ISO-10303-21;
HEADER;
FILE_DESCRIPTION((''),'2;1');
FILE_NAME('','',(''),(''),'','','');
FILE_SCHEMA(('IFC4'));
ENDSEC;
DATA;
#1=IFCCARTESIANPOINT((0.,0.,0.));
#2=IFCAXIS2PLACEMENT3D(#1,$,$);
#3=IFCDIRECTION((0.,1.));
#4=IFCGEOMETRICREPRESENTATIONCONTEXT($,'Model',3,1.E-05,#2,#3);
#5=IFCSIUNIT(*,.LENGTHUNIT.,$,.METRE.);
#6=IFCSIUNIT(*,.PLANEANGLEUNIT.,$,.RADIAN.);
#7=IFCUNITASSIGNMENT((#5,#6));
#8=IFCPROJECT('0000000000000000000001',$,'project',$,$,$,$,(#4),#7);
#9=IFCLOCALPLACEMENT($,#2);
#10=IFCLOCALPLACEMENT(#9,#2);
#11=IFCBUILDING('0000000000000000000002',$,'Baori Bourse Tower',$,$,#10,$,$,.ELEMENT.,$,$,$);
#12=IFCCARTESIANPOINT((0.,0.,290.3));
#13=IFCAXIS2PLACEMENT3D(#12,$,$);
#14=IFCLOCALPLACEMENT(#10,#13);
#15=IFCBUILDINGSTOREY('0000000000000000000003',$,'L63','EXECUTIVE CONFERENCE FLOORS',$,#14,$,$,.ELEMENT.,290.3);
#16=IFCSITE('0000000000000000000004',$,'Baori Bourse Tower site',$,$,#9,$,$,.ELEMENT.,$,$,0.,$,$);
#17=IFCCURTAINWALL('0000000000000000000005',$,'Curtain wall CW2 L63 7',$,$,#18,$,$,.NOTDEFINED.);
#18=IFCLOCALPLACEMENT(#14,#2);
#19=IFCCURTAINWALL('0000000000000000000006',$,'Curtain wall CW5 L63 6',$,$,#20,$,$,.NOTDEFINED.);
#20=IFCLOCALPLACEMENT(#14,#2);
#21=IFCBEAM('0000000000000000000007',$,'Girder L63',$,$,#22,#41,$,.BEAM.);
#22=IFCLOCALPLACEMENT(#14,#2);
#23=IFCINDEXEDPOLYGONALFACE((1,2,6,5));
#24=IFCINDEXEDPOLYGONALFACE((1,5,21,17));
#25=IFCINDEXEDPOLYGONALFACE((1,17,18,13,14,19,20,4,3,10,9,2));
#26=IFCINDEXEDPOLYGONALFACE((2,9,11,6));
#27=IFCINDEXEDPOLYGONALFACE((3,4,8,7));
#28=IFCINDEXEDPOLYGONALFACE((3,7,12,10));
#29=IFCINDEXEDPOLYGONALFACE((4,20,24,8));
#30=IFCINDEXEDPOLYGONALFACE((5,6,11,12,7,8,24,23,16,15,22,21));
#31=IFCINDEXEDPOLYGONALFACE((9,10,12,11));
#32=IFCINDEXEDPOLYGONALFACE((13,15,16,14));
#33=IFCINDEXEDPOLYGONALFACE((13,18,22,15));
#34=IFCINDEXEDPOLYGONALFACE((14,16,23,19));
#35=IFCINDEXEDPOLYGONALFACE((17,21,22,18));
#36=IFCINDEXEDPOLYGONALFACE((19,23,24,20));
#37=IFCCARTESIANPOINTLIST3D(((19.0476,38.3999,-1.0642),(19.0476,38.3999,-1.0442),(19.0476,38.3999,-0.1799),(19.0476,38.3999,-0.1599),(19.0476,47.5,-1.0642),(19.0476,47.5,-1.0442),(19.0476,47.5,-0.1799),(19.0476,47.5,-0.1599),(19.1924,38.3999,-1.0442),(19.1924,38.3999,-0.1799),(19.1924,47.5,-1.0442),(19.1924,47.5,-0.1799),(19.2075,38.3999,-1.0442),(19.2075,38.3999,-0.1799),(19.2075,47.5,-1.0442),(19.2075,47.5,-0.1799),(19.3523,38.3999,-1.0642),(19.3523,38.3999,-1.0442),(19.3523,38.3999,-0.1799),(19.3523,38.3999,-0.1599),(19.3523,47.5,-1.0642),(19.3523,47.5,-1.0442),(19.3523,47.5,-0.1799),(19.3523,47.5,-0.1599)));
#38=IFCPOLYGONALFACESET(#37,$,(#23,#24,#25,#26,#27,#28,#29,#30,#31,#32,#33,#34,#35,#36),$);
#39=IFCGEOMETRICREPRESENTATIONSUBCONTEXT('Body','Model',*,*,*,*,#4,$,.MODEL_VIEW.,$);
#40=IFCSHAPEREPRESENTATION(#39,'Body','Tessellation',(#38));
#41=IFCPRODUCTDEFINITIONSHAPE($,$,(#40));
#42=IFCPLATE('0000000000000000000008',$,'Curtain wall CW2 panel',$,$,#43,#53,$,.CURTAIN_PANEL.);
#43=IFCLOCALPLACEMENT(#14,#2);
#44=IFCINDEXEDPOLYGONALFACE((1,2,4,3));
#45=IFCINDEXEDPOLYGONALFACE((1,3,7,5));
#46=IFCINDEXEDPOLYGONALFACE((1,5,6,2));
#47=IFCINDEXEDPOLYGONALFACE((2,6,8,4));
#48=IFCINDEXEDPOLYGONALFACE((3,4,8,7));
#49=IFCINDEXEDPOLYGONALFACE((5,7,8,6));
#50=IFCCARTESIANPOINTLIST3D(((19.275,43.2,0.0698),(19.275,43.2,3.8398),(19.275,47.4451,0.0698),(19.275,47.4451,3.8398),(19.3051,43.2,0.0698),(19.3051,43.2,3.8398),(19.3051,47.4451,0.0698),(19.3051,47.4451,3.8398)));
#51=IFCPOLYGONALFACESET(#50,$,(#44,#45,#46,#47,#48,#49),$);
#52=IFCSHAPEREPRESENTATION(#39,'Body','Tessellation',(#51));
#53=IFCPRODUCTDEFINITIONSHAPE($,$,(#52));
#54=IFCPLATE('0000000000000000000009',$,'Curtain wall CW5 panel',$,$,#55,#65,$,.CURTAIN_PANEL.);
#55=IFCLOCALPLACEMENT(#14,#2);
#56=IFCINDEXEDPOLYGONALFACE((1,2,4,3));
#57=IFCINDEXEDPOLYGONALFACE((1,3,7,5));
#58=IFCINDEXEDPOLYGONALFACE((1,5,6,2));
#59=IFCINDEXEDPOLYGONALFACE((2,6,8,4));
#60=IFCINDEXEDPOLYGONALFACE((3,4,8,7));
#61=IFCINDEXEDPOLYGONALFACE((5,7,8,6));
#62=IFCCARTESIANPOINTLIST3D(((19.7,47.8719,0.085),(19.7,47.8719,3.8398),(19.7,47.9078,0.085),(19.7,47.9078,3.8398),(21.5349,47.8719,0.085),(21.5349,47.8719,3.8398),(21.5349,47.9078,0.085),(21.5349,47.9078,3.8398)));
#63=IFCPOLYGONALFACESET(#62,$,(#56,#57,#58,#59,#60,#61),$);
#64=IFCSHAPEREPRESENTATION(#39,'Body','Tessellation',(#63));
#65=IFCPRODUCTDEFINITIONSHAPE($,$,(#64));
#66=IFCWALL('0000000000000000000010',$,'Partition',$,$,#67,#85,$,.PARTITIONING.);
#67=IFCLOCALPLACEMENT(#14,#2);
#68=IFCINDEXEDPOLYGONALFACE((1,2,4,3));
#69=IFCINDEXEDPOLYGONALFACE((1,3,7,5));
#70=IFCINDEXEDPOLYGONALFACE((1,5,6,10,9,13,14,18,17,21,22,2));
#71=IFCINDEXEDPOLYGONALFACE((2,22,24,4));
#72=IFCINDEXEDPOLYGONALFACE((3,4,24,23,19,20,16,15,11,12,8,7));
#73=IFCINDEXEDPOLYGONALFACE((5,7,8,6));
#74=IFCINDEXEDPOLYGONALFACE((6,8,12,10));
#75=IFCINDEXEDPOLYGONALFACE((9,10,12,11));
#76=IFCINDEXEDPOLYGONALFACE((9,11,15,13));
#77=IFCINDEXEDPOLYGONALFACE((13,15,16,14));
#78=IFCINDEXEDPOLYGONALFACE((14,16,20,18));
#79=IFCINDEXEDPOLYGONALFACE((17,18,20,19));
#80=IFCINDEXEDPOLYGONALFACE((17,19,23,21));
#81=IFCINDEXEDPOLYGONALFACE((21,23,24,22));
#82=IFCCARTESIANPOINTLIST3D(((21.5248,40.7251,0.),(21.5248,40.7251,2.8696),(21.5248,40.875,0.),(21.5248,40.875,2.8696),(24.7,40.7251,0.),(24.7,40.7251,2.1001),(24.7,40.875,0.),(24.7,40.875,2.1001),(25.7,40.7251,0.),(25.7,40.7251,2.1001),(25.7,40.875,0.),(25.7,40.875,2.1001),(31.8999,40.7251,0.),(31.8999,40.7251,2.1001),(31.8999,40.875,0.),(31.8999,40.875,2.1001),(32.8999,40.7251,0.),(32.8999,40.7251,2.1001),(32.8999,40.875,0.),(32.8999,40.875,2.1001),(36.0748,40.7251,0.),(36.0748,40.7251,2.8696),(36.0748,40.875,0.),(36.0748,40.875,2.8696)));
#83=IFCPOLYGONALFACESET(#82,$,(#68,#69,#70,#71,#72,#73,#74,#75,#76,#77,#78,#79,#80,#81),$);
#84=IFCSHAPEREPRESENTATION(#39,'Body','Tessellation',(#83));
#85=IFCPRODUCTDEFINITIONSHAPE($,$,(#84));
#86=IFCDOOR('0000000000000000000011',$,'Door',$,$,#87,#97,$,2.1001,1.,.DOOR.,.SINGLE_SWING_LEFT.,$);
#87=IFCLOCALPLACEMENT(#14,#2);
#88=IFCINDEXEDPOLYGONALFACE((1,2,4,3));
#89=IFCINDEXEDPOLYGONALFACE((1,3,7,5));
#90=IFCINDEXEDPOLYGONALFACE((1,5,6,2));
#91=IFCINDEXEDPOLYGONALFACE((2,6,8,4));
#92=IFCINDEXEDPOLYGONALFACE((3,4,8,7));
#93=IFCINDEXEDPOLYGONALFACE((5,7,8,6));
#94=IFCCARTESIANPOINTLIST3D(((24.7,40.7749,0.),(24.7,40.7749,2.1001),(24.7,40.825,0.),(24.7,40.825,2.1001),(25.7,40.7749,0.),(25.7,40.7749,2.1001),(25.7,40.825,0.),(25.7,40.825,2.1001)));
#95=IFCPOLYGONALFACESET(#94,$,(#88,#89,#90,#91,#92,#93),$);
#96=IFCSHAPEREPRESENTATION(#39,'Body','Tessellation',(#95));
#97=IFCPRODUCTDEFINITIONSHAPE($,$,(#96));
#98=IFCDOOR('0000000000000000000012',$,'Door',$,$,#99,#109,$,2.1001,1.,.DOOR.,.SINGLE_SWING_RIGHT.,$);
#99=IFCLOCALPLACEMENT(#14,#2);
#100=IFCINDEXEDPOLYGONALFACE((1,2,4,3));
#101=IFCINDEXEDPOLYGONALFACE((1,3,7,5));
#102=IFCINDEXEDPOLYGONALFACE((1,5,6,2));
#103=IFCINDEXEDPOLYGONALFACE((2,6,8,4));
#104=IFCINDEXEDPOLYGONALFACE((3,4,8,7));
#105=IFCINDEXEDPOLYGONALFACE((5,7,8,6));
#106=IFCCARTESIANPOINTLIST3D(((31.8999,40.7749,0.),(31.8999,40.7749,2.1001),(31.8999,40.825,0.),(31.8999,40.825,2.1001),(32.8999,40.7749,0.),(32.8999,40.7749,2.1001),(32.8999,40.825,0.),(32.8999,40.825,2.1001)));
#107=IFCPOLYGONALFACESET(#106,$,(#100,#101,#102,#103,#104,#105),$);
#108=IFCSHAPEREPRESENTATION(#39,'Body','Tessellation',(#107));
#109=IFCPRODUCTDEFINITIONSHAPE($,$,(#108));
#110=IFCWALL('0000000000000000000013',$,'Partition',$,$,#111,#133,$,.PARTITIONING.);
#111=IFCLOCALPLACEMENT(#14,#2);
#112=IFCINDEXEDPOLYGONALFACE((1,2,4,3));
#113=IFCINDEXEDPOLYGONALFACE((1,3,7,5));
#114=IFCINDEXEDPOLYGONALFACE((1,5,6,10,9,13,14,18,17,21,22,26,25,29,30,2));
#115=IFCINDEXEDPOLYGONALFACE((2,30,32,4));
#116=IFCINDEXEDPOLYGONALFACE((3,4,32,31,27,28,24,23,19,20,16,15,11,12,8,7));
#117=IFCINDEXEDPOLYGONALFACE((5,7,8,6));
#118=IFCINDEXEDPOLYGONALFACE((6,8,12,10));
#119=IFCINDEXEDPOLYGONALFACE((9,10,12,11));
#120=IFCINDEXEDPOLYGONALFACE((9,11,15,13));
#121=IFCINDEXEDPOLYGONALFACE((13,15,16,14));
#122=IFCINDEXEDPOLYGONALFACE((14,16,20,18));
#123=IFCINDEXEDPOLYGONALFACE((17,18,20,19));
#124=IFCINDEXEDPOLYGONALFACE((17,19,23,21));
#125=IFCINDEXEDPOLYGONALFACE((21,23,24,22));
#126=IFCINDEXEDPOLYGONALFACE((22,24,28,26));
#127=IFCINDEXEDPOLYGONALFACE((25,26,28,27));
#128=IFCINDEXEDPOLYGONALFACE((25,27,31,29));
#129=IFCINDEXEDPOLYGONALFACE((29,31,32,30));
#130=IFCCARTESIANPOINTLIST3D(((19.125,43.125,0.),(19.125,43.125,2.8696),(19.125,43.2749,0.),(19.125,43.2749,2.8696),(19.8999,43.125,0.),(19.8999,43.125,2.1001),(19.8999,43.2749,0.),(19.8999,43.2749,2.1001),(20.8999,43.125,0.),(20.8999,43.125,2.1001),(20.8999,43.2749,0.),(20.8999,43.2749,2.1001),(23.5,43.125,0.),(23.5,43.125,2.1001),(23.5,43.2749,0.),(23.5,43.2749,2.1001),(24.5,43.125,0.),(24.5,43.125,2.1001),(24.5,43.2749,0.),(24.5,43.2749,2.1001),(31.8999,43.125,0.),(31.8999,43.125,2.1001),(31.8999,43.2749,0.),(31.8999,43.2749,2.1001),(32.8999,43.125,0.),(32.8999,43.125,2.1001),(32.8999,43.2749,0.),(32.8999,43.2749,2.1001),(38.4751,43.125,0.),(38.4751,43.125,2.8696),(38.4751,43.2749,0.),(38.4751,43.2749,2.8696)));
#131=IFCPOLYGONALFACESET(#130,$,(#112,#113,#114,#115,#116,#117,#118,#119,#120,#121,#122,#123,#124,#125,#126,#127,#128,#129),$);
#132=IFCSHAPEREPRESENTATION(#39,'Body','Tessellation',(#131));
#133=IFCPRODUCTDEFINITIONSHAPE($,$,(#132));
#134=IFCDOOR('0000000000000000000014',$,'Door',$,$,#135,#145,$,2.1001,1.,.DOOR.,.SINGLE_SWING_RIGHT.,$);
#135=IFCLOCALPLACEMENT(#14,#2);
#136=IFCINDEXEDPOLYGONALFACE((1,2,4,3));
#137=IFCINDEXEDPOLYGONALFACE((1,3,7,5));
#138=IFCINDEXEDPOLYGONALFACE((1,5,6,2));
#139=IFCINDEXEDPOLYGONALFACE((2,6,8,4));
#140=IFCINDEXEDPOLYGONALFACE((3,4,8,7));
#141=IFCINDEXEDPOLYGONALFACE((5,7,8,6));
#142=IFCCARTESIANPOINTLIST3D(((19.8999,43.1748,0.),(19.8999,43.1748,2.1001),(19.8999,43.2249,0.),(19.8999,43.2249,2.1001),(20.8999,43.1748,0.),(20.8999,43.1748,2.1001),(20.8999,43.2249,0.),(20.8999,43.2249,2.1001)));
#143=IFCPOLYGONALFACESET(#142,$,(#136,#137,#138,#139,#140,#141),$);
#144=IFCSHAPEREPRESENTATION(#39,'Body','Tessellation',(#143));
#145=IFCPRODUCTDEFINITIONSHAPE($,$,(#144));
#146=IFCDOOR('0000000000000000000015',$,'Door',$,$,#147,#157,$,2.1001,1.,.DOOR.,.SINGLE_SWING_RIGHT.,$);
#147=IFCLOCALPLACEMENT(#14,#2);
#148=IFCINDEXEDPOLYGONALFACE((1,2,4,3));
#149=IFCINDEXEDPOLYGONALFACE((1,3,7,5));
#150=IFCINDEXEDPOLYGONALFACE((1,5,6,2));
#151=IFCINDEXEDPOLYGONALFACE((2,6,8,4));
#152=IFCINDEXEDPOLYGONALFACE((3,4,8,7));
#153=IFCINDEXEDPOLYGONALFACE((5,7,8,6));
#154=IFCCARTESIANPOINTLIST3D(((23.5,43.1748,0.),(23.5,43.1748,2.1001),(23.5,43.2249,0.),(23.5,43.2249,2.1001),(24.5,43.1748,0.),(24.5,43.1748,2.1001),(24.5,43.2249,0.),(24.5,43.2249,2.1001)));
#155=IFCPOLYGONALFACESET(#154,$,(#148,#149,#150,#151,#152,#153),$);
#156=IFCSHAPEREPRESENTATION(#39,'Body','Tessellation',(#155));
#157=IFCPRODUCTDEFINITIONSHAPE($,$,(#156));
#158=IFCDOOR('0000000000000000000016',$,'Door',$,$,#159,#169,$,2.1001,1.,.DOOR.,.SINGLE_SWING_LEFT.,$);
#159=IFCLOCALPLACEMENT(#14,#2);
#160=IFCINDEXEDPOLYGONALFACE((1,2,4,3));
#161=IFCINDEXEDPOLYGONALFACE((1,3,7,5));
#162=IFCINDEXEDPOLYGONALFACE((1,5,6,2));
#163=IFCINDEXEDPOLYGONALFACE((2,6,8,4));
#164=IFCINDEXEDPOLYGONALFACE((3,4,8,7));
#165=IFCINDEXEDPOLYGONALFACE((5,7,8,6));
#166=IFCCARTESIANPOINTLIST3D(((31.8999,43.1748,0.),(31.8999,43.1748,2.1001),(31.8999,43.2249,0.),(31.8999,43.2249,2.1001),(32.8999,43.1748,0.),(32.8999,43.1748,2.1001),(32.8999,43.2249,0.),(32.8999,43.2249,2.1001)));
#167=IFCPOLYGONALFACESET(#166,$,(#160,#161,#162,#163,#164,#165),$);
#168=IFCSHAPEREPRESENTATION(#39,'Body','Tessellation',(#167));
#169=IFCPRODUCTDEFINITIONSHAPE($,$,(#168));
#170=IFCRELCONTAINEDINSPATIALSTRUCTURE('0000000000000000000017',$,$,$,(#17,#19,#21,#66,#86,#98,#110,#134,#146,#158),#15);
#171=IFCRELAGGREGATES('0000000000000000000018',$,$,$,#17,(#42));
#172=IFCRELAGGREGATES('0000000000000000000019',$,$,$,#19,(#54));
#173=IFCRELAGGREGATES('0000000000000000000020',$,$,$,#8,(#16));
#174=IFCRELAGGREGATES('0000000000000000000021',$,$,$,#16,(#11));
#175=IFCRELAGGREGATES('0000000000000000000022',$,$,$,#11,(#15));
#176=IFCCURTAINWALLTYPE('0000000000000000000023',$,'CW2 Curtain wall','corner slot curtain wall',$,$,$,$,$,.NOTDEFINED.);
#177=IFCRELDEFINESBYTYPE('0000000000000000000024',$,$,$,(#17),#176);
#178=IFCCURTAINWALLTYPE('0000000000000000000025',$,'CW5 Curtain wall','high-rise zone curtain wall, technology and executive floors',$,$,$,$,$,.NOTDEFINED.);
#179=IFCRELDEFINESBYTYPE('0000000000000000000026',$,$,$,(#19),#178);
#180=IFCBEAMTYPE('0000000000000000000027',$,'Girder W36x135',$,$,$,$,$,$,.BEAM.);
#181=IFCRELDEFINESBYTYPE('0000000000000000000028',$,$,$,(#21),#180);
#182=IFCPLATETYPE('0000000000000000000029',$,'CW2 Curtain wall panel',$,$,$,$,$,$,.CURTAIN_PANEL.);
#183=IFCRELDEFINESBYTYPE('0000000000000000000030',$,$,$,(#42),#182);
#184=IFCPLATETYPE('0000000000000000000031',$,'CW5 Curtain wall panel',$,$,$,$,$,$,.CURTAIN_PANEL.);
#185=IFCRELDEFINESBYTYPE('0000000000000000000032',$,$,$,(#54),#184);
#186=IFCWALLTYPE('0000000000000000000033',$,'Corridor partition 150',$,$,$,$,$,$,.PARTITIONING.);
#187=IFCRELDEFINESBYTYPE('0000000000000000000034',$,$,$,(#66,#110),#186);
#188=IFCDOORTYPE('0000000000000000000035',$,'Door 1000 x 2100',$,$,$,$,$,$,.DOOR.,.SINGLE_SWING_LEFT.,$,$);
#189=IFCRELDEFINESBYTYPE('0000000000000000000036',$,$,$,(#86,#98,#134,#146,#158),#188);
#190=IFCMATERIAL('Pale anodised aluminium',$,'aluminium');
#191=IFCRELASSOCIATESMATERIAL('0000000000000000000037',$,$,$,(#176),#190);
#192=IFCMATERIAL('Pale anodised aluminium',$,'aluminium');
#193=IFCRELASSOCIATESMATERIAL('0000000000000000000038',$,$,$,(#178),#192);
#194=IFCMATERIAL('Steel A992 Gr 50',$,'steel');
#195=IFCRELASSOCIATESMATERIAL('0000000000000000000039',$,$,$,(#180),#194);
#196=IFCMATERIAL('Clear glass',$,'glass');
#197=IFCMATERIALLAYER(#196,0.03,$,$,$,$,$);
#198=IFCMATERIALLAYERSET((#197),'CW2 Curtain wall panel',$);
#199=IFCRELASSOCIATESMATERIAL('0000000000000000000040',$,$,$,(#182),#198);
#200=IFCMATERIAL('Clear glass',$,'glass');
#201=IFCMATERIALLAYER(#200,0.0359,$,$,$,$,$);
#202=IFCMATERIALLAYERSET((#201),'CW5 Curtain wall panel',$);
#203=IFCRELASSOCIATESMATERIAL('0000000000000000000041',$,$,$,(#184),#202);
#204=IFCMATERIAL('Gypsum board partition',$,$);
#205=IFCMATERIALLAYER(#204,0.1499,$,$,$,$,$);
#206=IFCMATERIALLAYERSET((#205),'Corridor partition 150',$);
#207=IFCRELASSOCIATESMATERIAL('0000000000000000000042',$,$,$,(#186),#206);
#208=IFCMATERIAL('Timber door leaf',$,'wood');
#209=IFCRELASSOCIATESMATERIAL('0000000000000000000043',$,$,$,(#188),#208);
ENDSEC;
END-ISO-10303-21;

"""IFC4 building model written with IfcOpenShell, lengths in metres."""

from ifc_helpers import new_model, si_unit, direction, frame, frame_2d, origin, origin_2d, place, context, subcontext, project, spatial, rectangle, i_section, extrude, material, layer, layer_set, material_profile, profile_set, type_object, element, fill, aggregate, save


model = new_model("IFC4")

# Units and contexts
model_context = context("Model", 3, precision=1e-05, world=origin(), true_north=direction((0.0, 1.0)))
body_context = subcontext(model_context, "Body", "Model", "MODEL_VIEW")
ifc_project = project(units=[si_unit("LENGTHUNIT", "METRE"), si_unit("PLANEANGLEUNIT", "RADIAN")], contexts=[model_context])

# Site, building, storey
site_placement = place(None, origin())
site = spatial("IfcSite", under=ifc_project, at=site_placement, Name="Baori Bourse Tower site", CompositionType="ELEMENT", RefElevation=0.0)
building_placement = place(site_placement, origin())
building = spatial("IfcBuilding", under=site, at=building_placement, Name="Baori Bourse Tower", CompositionType="ELEMENT")
storey_placement = place(building_placement, frame((0.0, 0.0, 290.3)))
storey = spatial("IfcBuildingStorey", under=building, at=storey_placement, Name="L63", Description="EXECUTIVE CONFERENCE FLOORS", CompositionType="ELEMENT", Elevation=290.3)

# Curtain wall
ifc_material_1 = material(Name="Pale anodised aluminium", Category="aluminium")
curtain_wall_type_1 = type_object("IfcCurtainWallType", Name="CW2 Curtain wall", Description="corner slot curtain wall", PredefinedType="NOTDEFINED", material=ifc_material_1)
curtain_wall_1_placement = place(storey_placement, origin())
curtain_wall_1 = element("IfcCurtainWall", 1, at=curtain_wall_1_placement, inside=storey, type_object=curtain_wall_type_1, Name="Curtain wall CW2 L63 7", PredefinedType="NOTDEFINED")

# Curtain wall
ifc_material_2 = material(Name="Pale anodised aluminium", Category="aluminium")
curtain_wall_type_2 = type_object("IfcCurtainWallType", Name="CW5 Curtain wall", Description="high-rise zone curtain wall, technology and executive floors", PredefinedType="NOTDEFINED", material=ifc_material_2)
curtain_wall_2_placement = place(storey_placement, origin())
curtain_wall_2 = element("IfcCurtainWall", 2, at=curtain_wall_2_placement, inside=storey, type_object=curtain_wall_type_2, Name="Curtain wall CW5 L63 6", PredefinedType="NOTDEFINED")

# Beam
ifc_material_3 = material(Name="Steel A992 Gr 50", Category="steel")
ifc_material_profile_1 = material_profile(ifc_material_3, i_section(OverallWidth=0.3047, OverallDepth=0.9043, WebThickness=0.0151, FlangeThickness=0.02, at=origin_2d()), Name="W36x135")
ifc_profile_set_1 = profile_set([ifc_material_profile_1], Name="Steel A992 Gr 50")
beam_type_1 = type_object("IfcBeamType", Name="Girder W36x135", PredefinedType="BEAM", material=ifc_profile_set_1)
beam_1_placement = place(storey_placement, frame((19.2, 38.3999, -0.6121), z_axis=(0.0, 1.0, 0.0), x_axis=(-1.0, 0.0, 0.0)))
element("IfcBeam", 3, at=beam_1_placement, inside=storey, type_object=beam_type_1, Name="Girder L63", PredefinedType="BEAM", context=body_context, shape_type="SweptSolid", body=[
    extrude(i_section(OverallWidth=0.3047, OverallDepth=0.9043, WebThickness=0.0151, FlangeThickness=0.02, at=origin_2d()), origin(), (0.0, 0.0, 1.0), 9.1001),
])

# Plates
ifc_material_4 = material(Name="Clear glass", Category="glass")
ifc_layer_1 = layer(ifc_material_4, 0.03)
ifc_layer_set_1 = layer_set([ifc_layer_1], Name="CW2 Curtain wall panel")
plate_type_1 = type_object("IfcPlateType", Name="CW2 Curtain wall panel", PredefinedType="CURTAIN_PANEL", material=ifc_layer_set_1)
plate_1_placement = place(storey_placement, frame((19.29, 45.3225, 0.0698), z_axis=(0.0, 0.0, 1.0), x_axis=(0.0, -1.0, 0.0)))
plate_1 = element("IfcPlate", 4, at=plate_1_placement, type_object=plate_type_1, Name="Curtain wall CW2 panel", PredefinedType="CURTAIN_PANEL", context=body_context, shape_type="SweptSolid", body=[
    extrude(rectangle(XDim=4.2451, YDim=0.03, at=origin_2d()), origin(), (0.0, 0.0, 1.0), 3.77),
])
aggregate(curtain_wall_1, [plate_1])
ifc_material_5 = material(Name="Clear glass", Category="glass")
ifc_layer_2 = layer(ifc_material_5, 0.0359)
ifc_layer_set_2 = layer_set([ifc_layer_2], Name="CW5 Curtain wall panel")
plate_type_2 = type_object("IfcPlateType", Name="CW5 Curtain wall panel", PredefinedType="CURTAIN_PANEL", material=ifc_layer_set_2)
plate_2_placement = place(storey_placement, frame((20.6174, 47.8899, 0.085), z_axis=(0.0, 0.0, 1.0), x_axis=(-1.0, 0.0, 0.0)))
plate_2 = element("IfcPlate", 5, at=plate_2_placement, type_object=plate_type_2, Name="Curtain wall CW5 panel", PredefinedType="CURTAIN_PANEL", context=body_context, shape_type="SweptSolid", body=[
    extrude(rectangle(XDim=1.835, YDim=0.0359, at=origin_2d()), origin(), (0.0, 0.0, 1.0), 3.7549),
])
aggregate(curtain_wall_2, [plate_2])

# Walls, openings, doors
ifc_material_6 = material(Name="Gypsum board partition")
ifc_layer_3 = layer(ifc_material_6, 0.1499)
ifc_layer_set_3 = layer_set([ifc_layer_3], Name="Corridor partition 150")
wall_type_1 = type_object("IfcWallType", Name="Corridor partition 150", PredefinedType="PARTITIONING", material=ifc_layer_set_3)
wall_1_placement = place(storey_placement, frame((21.5249, 40.8, 0.0), z_axis=(0.0, 0.0, 1.0), x_axis=(1.0, 0.0, 0.0)))
wall_1 = element("IfcWall", 6, at=wall_1_placement, inside=storey, type_object=wall_type_1, Name="Partition", PredefinedType="PARTITIONING", context=body_context, shape_type="SweptSolid", body=[
    extrude(rectangle(XDim=14.55, YDim=0.1499, at=frame_2d((7.2749, 0.0))), origin(), (0.0, 0.0, 1.0), 2.8696),
])
opening_1_placement = place(wall_1_placement, frame((3.175, 0.0, 0.0)))
opening_1 = element("IfcOpeningElement", 7, at=opening_1_placement, cuts=wall_1, PredefinedType="OPENING", context=body_context, shape_type="SweptSolid", body=[
    extrude(rectangle(XDim=1.0, YDim=2.1001, at=frame_2d((0.5, 1.05))), frame((0.0, 0.085, 0.0), z_axis=(0.0, -1.0, 0.0), x_axis=(1.0, 0.0, 0.0)), (0.0, 0.0, 1.0), 0.1699),
])
opening_2_placement = place(wall_1_placement, frame((10.375, 0.0, 0.0)))
opening_2 = element("IfcOpeningElement", 8, at=opening_2_placement, cuts=wall_1, PredefinedType="OPENING", context=body_context, shape_type="SweptSolid", body=[
    extrude(rectangle(XDim=1.0, YDim=2.1001, at=frame_2d((0.5, 1.05))), frame((0.0, 0.085, 0.0), z_axis=(0.0, -1.0, 0.0), x_axis=(1.0, 0.0, 0.0)), (0.0, 0.0, 1.0), 0.1699),
])
ifc_material_7 = material(Name="Timber door leaf", Category="wood")
door_type = type_object("IfcDoorType", Name="Door 1000 x 2100", OperationType="SINGLE_SWING_LEFT", PredefinedType="DOOR", material=ifc_material_7)
door_1_placement = place(opening_1_placement, origin())
door_1 = element("IfcDoor", 9, at=door_1_placement, inside=storey, type_object=door_type, Name="Door", OperationType="SINGLE_SWING_LEFT", OverallHeight=2.1001, OverallWidth=1.0, PredefinedType="DOOR", context=body_context, shape_type="SweptSolid", body=[
    extrude(rectangle(XDim=1.0, YDim=2.1001, at=frame_2d((0.5, 1.05))), frame((0.0, 0.0249, 0.0), z_axis=(0.0, -1.0, 0.0), x_axis=(1.0, 0.0, 0.0)), (0.0, 0.0, 1.0), 0.05),
])
fill(opening_1, door_1)
door_2_placement = place(opening_2_placement, origin())
door_2 = element("IfcDoor", 10, at=door_2_placement, inside=storey, type_object=door_type, Name="Door", OperationType="SINGLE_SWING_RIGHT", OverallHeight=2.1001, OverallWidth=1.0, PredefinedType="DOOR", context=body_context, shape_type="SweptSolid", body=[
    extrude(rectangle(XDim=1.0, YDim=2.1001, at=frame_2d((0.5, 1.05))), frame((0.0, 0.0249, 0.0), z_axis=(0.0, -1.0, 0.0), x_axis=(1.0, 0.0, 0.0)), (0.0, 0.0, 1.0), 0.05),
])
fill(opening_2, door_2)
wall_2_placement = place(storey_placement, frame((19.125, 43.2, 0.0), z_axis=(0.0, 0.0, 1.0), x_axis=(1.0, 0.0, 0.0)))
wall_2 = element("IfcWall", 11, at=wall_2_placement, inside=storey, type_object=wall_type_1, Name="Partition", PredefinedType="PARTITIONING", context=body_context, shape_type="SweptSolid", body=[
    extrude(rectangle(XDim=19.3501, YDim=0.1499, at=frame_2d((9.675, 0.0))), origin(), (0.0, 0.0, 1.0), 2.8696),
])
opening_3_placement = place(wall_2_placement, frame((0.7749, 0.0, 0.0)))
opening_3 = element("IfcOpeningElement", 12, at=opening_3_placement, cuts=wall_2, PredefinedType="OPENING", context=body_context, shape_type="SweptSolid", body=[
    extrude(rectangle(XDim=1.0, YDim=2.1001, at=frame_2d((0.5, 1.05))), frame((0.0, 0.085, 0.0), z_axis=(0.0, -1.0, 0.0), x_axis=(1.0, 0.0, 0.0)), (0.0, 0.0, 1.0), 0.1699),
])
opening_4_placement = place(wall_2_placement, frame((4.375, 0.0, 0.0)))
opening_4 = element("IfcOpeningElement", 13, at=opening_4_placement, cuts=wall_2, PredefinedType="OPENING", context=body_context, shape_type="SweptSolid", body=[
    extrude(rectangle(XDim=1.0, YDim=2.1001, at=frame_2d((0.5, 1.05))), frame((0.0, 0.085, 0.0), z_axis=(0.0, -1.0, 0.0), x_axis=(1.0, 0.0, 0.0)), (0.0, 0.0, 1.0), 0.1699),
])
opening_5_placement = place(wall_2_placement, frame((12.7749, 0.0, 0.0)))
opening_5 = element("IfcOpeningElement", 14, at=opening_5_placement, cuts=wall_2, PredefinedType="OPENING", context=body_context, shape_type="SweptSolid", body=[
    extrude(rectangle(XDim=1.0, YDim=2.1001, at=frame_2d((0.5, 1.05))), frame((0.0, 0.085, 0.0), z_axis=(0.0, -1.0, 0.0), x_axis=(1.0, 0.0, 0.0)), (0.0, 0.0, 1.0), 0.1699),
])
door_3_placement = place(opening_3_placement, origin())
door_3 = element("IfcDoor", 15, at=door_3_placement, inside=storey, type_object=door_type, Name="Door", OperationType="SINGLE_SWING_RIGHT", OverallHeight=2.1001, OverallWidth=1.0, PredefinedType="DOOR", context=body_context, shape_type="SweptSolid", body=[
    extrude(rectangle(XDim=1.0, YDim=2.1001, at=frame_2d((0.5, 1.05))), frame((0.0, 0.0249, 0.0), z_axis=(0.0, -1.0, 0.0), x_axis=(1.0, 0.0, 0.0)), (0.0, 0.0, 1.0), 0.05),
])
fill(opening_3, door_3)
door_4_placement = place(opening_4_placement, origin())
door_4 = element("IfcDoor", 16, at=door_4_placement, inside=storey, type_object=door_type, Name="Door", OperationType="SINGLE_SWING_RIGHT", OverallHeight=2.1001, OverallWidth=1.0, PredefinedType="DOOR", context=body_context, shape_type="SweptSolid", body=[
    extrude(rectangle(XDim=1.0, YDim=2.1001, at=frame_2d((0.5, 1.05))), frame((0.0, 0.0249, 0.0), z_axis=(0.0, -1.0, 0.0), x_axis=(1.0, 0.0, 0.0)), (0.0, 0.0, 1.0), 0.05),
])
fill(opening_4, door_4)
door_5_placement = place(opening_5_placement, origin())
door_5 = element("IfcDoor", 17, at=door_5_placement, inside=storey, type_object=door_type, Name="Door", OperationType="SINGLE_SWING_LEFT", OverallHeight=2.1001, OverallWidth=1.0, PredefinedType="DOOR", context=body_context, shape_type="SweptSolid", body=[
    extrude(rectangle(XDim=1.0, YDim=2.1001, at=frame_2d((0.5, 1.05))), frame((0.0, 0.0249, 0.0), z_axis=(0.0, -1.0, 0.0), x_axis=(1.0, 0.0, 0.0)), (0.0, 0.0, 1.0), 0.05),
])
fill(opening_5, door_5)

save(model, "model.ifc")
